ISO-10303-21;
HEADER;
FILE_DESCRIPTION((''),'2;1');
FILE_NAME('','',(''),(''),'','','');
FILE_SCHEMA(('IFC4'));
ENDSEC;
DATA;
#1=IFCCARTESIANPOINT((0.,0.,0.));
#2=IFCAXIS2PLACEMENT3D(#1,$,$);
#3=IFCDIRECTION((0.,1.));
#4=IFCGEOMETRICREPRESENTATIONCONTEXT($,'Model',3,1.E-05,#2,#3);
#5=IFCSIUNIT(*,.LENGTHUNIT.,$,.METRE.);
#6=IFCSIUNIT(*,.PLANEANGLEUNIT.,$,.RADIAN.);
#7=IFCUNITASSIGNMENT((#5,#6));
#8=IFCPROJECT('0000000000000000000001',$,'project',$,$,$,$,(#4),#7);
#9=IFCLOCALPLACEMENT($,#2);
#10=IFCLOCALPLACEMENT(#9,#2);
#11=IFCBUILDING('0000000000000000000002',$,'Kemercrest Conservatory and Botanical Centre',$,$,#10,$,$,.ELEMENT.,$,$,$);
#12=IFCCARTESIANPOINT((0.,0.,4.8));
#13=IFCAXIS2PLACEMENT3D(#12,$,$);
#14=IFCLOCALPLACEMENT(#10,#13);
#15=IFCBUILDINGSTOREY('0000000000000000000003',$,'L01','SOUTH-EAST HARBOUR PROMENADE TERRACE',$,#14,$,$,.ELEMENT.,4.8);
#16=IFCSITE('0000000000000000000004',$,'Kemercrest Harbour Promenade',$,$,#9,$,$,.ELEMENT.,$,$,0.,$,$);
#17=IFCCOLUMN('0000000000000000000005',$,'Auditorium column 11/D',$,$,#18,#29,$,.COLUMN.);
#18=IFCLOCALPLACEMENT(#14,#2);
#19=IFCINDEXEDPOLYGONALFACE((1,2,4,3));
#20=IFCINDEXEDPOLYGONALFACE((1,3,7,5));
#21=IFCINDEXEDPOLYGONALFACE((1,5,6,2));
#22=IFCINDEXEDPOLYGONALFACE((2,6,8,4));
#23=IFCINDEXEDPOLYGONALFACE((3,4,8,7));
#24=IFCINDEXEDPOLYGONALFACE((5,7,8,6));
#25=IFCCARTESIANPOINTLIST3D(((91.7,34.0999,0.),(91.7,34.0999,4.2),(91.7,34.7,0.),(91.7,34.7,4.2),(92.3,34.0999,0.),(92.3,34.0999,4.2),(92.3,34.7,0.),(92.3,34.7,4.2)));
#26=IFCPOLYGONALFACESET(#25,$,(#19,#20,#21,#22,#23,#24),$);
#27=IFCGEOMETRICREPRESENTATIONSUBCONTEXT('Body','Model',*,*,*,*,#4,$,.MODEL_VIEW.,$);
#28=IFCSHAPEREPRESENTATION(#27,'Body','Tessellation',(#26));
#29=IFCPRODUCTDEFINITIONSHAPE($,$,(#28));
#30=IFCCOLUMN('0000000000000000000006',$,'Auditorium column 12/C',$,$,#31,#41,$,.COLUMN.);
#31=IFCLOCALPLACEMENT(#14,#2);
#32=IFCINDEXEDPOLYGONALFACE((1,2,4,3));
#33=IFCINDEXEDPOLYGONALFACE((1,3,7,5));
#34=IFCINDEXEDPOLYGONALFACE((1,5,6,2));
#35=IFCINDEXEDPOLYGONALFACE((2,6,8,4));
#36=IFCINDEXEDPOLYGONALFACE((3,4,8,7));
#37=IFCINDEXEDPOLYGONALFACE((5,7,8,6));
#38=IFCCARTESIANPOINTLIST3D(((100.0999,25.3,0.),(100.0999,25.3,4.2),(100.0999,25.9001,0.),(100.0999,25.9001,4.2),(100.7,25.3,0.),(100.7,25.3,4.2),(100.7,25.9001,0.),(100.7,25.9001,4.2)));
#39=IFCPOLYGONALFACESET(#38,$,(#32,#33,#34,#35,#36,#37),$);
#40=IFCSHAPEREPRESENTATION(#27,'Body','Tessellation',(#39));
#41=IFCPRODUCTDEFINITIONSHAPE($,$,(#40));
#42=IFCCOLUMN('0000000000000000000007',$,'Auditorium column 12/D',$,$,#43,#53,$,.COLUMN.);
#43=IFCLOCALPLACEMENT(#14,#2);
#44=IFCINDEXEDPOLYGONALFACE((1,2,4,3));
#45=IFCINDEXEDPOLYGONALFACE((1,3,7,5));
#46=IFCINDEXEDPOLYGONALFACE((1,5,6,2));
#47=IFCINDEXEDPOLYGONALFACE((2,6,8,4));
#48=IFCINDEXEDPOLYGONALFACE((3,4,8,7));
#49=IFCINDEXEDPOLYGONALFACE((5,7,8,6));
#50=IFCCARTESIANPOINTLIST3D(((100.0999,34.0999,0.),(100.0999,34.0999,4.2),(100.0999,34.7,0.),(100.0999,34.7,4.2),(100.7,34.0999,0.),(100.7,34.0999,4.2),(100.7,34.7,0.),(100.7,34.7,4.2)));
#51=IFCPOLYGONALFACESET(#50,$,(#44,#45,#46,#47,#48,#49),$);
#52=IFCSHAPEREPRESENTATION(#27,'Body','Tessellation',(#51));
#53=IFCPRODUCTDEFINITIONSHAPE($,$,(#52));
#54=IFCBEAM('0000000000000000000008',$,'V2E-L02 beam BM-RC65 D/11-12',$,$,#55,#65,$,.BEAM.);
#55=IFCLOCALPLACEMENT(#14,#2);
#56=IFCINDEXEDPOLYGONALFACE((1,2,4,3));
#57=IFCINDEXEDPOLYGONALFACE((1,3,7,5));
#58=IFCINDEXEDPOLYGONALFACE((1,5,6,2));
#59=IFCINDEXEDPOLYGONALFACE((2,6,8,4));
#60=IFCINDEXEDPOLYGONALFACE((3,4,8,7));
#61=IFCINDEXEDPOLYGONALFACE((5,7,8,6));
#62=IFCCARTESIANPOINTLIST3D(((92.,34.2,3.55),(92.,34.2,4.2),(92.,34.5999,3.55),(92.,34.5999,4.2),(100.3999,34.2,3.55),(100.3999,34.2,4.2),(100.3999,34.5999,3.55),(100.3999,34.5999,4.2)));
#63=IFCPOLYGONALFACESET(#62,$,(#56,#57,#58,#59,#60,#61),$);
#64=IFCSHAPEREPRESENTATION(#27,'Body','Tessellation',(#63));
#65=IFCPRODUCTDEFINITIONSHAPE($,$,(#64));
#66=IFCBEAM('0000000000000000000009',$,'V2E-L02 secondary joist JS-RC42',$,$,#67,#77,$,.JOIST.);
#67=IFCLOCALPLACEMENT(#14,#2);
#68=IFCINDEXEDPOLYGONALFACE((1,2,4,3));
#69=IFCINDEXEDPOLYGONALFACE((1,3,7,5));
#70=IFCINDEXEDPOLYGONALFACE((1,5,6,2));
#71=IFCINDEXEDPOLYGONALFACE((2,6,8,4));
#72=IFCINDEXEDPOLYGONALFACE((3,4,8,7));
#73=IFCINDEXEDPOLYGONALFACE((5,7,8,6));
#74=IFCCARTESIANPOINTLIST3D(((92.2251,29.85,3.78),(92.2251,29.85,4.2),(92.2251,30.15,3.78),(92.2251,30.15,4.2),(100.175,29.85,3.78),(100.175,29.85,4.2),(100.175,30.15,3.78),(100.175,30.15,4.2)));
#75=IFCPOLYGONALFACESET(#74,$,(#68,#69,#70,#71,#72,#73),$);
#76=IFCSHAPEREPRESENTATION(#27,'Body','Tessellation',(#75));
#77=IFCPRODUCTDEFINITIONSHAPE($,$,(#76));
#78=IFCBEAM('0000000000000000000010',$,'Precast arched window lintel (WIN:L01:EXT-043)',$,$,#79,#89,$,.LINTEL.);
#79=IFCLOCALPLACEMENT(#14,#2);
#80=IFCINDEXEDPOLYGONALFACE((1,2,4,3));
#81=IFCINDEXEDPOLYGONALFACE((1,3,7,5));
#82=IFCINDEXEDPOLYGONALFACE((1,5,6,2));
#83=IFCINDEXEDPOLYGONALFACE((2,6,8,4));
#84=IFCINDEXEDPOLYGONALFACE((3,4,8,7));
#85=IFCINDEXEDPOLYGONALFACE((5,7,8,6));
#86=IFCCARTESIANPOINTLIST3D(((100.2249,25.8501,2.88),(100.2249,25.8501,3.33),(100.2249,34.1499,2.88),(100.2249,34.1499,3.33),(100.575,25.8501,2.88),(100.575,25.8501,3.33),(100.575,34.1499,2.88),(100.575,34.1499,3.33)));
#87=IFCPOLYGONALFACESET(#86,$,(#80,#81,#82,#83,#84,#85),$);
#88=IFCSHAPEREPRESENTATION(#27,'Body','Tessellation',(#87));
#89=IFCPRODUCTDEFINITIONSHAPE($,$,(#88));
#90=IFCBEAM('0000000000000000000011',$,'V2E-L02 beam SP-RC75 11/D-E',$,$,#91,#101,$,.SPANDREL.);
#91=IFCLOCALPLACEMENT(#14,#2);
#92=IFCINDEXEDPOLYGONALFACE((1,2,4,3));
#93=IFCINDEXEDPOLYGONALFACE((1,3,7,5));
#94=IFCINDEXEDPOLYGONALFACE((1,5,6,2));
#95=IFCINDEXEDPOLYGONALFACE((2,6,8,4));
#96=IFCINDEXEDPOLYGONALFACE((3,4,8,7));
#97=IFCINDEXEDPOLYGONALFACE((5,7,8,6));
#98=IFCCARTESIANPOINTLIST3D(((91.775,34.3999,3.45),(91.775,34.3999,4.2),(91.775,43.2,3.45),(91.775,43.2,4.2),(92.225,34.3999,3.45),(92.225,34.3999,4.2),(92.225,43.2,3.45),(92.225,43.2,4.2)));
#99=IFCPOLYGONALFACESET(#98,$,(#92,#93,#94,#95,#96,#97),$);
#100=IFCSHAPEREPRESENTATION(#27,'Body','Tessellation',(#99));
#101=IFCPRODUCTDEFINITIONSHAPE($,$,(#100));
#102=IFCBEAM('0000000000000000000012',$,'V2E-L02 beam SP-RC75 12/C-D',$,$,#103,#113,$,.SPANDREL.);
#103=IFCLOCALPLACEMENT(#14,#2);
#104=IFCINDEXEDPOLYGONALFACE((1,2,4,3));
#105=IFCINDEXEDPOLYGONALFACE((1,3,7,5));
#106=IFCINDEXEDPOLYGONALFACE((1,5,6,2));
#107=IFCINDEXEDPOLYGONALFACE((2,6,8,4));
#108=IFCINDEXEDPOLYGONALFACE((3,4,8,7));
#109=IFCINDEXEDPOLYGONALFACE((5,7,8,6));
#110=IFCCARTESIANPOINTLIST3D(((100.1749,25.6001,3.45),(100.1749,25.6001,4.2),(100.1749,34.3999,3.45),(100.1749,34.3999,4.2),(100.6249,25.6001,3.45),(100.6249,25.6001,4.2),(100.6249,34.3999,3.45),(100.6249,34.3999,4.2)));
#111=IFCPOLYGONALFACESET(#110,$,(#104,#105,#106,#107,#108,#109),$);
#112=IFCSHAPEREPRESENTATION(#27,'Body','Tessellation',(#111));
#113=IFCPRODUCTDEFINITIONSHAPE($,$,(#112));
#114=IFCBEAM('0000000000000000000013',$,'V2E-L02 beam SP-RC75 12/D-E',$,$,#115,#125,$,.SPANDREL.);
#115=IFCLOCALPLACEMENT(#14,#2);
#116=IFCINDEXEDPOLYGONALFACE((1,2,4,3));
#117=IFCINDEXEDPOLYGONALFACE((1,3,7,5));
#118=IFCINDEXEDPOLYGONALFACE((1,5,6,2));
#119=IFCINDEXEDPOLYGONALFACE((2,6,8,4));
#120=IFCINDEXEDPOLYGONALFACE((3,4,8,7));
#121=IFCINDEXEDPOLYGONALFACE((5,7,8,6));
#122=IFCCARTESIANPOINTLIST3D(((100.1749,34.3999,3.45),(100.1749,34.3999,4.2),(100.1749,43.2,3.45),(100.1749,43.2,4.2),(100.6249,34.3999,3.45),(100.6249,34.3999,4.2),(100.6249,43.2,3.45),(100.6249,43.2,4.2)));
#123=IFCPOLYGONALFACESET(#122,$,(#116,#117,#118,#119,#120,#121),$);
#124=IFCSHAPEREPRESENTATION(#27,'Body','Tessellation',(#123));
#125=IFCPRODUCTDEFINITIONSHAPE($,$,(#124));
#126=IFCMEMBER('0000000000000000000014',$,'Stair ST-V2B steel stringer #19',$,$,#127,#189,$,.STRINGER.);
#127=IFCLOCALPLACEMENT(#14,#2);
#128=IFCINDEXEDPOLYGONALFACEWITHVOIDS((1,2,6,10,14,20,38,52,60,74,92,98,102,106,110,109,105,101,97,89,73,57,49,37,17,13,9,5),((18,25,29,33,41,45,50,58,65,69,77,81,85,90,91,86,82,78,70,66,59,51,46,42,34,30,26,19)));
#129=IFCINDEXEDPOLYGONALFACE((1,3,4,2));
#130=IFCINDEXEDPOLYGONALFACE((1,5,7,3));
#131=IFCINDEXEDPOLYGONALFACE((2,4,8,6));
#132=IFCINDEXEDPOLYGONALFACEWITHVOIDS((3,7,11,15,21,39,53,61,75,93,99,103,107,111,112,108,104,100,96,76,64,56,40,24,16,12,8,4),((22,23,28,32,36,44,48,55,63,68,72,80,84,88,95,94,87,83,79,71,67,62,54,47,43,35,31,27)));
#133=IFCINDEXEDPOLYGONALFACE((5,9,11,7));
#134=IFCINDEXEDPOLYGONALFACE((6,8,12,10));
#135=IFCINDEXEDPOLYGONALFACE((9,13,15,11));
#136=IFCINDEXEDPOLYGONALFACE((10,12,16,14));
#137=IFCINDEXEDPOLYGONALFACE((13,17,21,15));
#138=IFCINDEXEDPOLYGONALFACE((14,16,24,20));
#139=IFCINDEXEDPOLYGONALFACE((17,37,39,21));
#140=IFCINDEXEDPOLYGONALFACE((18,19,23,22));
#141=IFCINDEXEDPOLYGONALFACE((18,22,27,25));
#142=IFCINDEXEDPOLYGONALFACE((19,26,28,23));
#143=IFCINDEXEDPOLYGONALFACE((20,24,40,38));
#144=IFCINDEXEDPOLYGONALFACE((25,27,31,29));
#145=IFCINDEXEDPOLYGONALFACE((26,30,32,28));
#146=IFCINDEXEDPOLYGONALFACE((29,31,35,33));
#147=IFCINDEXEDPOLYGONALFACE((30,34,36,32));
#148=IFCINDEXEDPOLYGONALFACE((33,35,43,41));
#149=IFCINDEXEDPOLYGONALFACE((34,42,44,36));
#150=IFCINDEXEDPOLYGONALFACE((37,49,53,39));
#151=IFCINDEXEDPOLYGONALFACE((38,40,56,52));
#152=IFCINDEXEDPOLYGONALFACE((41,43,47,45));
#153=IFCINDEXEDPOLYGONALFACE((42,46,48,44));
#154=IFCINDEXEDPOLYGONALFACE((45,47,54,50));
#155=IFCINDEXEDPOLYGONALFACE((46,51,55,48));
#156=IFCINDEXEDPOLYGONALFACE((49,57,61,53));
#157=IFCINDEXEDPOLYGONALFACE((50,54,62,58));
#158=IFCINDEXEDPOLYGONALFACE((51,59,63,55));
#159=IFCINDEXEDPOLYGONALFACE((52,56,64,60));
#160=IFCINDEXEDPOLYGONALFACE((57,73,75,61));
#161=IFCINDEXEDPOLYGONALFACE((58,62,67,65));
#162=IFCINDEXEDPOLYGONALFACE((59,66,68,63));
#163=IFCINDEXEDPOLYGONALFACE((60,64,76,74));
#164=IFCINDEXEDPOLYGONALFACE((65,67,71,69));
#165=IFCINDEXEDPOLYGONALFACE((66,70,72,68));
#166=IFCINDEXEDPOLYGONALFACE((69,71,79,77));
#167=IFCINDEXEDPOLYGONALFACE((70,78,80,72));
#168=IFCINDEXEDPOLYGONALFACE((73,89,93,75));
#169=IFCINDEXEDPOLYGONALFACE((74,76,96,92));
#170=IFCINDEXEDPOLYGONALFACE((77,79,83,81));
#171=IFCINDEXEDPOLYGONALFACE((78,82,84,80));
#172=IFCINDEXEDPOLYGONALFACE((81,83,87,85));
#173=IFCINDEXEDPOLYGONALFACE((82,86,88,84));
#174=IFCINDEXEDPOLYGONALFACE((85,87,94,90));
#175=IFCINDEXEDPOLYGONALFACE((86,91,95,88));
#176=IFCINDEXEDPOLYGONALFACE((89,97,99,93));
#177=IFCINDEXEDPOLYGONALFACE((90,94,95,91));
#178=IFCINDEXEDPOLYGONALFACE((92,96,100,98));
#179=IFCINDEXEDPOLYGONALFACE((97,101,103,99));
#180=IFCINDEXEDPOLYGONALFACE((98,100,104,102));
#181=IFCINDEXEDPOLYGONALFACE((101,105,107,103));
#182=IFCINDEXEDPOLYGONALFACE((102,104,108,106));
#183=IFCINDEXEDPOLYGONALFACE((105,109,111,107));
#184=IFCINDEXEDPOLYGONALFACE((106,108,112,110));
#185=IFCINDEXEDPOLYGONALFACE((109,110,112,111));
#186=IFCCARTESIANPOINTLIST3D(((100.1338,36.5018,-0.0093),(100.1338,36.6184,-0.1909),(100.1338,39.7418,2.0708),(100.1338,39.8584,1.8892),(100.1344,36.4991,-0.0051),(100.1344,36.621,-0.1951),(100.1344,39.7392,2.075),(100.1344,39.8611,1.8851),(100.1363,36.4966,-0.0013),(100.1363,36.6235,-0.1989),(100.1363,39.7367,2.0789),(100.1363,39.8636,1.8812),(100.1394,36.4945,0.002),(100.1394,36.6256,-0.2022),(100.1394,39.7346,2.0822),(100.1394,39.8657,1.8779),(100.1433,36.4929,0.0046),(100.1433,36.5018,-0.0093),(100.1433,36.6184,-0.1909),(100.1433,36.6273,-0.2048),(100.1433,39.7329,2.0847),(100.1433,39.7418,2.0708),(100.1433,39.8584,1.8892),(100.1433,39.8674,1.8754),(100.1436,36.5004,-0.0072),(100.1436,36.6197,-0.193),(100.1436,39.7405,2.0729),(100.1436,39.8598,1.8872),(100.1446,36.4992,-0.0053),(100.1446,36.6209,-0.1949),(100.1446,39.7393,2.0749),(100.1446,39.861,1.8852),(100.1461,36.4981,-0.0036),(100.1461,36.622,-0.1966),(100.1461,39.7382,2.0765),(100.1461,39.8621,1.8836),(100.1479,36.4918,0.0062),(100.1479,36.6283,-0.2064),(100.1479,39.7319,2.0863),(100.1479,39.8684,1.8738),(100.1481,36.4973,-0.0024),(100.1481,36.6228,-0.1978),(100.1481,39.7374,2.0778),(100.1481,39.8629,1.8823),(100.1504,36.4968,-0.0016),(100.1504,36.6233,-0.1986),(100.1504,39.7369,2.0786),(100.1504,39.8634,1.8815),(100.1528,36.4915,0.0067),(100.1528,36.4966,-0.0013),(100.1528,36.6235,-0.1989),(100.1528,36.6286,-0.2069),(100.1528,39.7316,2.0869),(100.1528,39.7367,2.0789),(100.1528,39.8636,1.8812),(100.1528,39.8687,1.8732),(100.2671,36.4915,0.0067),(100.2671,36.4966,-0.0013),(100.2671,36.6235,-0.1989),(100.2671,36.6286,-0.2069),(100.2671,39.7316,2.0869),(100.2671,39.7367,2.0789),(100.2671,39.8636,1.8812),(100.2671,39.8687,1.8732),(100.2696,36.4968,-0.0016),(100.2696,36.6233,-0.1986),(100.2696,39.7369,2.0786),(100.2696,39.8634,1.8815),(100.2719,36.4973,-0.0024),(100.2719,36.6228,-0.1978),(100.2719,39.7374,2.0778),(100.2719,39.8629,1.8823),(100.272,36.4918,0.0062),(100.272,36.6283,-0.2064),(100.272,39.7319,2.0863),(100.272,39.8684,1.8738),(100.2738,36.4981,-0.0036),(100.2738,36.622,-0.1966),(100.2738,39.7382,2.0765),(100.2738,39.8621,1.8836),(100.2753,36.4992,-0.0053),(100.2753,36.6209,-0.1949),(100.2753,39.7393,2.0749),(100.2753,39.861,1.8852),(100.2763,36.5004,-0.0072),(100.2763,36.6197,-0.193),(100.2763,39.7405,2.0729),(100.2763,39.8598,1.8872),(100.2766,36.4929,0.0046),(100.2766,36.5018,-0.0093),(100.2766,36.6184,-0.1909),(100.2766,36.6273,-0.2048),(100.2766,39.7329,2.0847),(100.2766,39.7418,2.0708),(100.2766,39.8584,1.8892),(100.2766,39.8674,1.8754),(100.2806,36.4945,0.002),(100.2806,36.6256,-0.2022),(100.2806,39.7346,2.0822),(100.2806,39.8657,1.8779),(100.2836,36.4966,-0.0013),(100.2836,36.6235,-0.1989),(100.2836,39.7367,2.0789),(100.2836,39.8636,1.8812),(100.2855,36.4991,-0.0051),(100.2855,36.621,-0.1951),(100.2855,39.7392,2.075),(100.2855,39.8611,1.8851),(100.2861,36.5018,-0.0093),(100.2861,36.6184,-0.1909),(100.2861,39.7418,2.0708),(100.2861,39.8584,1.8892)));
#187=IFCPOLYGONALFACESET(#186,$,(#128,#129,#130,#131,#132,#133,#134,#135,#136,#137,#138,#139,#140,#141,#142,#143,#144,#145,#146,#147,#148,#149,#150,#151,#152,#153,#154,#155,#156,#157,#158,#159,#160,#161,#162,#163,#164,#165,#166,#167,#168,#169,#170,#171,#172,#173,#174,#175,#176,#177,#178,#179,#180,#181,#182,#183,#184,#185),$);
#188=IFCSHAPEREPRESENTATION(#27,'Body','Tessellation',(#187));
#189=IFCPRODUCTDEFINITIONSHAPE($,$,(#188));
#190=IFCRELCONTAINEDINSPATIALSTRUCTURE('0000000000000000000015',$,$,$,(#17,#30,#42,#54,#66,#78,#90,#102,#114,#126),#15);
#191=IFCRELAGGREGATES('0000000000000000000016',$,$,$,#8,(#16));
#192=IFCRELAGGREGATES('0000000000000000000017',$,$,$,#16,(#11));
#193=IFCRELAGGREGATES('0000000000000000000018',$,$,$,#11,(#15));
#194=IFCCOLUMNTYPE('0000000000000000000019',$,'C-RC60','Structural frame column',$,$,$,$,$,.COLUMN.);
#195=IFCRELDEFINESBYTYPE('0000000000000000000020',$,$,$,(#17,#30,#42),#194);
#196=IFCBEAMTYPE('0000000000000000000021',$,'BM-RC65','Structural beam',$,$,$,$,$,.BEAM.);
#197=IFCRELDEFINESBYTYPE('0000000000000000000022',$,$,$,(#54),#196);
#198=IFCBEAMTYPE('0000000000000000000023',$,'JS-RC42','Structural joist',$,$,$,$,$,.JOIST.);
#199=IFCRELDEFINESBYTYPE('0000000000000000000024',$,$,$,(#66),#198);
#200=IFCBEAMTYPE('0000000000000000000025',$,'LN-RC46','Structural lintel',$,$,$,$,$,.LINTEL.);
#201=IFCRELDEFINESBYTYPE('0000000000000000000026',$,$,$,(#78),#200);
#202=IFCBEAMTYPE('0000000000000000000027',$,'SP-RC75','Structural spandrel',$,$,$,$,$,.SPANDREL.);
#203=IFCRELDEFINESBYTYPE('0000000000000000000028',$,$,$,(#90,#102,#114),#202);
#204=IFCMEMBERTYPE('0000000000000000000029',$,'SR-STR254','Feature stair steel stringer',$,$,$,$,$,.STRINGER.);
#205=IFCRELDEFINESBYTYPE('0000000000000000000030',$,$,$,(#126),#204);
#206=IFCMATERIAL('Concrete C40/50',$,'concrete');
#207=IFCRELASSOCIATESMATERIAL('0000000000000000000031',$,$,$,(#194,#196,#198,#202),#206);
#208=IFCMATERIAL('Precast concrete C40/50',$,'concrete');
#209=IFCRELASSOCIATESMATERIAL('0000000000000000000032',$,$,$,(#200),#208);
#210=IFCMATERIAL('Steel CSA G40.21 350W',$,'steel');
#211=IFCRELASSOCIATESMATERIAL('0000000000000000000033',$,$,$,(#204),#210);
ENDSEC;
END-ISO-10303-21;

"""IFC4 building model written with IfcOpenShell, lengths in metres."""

from ifc_helpers import new_model, si_unit, direction, frame, origin, origin_2d, place, context, subcontext, project, spatial, rectangle, hollow_rectangle, extrude, material, material_profile, profile_set, type_object, element, save


model = new_model("IFC4")

# Units and contexts
model_context = context("Model", 3, precision=1e-05, world=origin(), true_north=direction((0.0, 1.0)))
body_context = subcontext(model_context, "Body", "Model", "MODEL_VIEW")
ifc_project = project(units=[si_unit("LENGTHUNIT", "METRE"), si_unit("PLANEANGLEUNIT", "RADIAN")], contexts=[model_context])

# Site, building, storey
site_placement = place(None, origin())
site = spatial("IfcSite", under=ifc_project, at=site_placement, Name="Kemercrest Harbour Promenade", CompositionType="ELEMENT", RefElevation=0.0)
building_placement = place(site_placement, origin())
building = spatial("IfcBuilding", under=site, at=building_placement, Name="Kemercrest Conservatory and Botanical Centre", CompositionType="ELEMENT")
storey_placement = place(building_placement, frame((0.0, 0.0, 4.8)))
storey = spatial("IfcBuildingStorey", under=building, at=storey_placement, Name="L01", Description="SOUTH-EAST HARBOUR PROMENADE TERRACE", CompositionType="ELEMENT", Elevation=4.8)

# Columns
ifc_material_1 = material(Name="Concrete C40/50", Category="concrete")
ifc_material_profile_1 = material_profile(ifc_material_1, rectangle(XDim=0.6001, YDim=0.6001, at=origin_2d()), Name="RC 600x600")
ifc_profile_set_1 = profile_set([ifc_material_profile_1], Name="Concrete C40/50")
column_type = type_object("IfcColumnType", Name="C-RC60", Description="Structural frame column", PredefinedType="COLUMN", material=ifc_profile_set_1)
for number, where, z_axis, x_axis, name in (
    (1, (92.0, 34.3999, 0.0), (0.0, 0.0, 1.0), (1.0, 0.0, 0.0), "Auditorium column 11/D"),
    (2, (100.3999, 25.6001, 0.0), (0.0, 0.0, 1.0), (1.0, 0.0, 0.0), "Auditorium column 12/C"),
    (3, (100.3999, 34.3999, 0.0), (0.0, 0.0, 1.0), (1.0, 0.0, 0.0), "Auditorium column 12/D"),
):
    element("IfcColumn", number, at=place(storey_placement, frame(where, z_axis=z_axis, x_axis=x_axis)), inside=storey, type_object=column_type, Name=name, PredefinedType="COLUMN", context=body_context, shape_type="SweptSolid", body=[
        extrude(rectangle(XDim=0.6001, YDim=0.6001, at=origin_2d()), origin(), (0.0, 0.0, 1.0), 4.2),
    ])

# Beams
ifc_material_profile_2 = material_profile(ifc_material_1, rectangle(XDim=0.3999, YDim=0.6499, at=origin_2d()), Name="RC 400x650")
ifc_profile_set_2 = profile_set([ifc_material_profile_2], Name="Concrete C40/50")
beam_type_1 = type_object("IfcBeamType", Name="BM-RC65", Description="Structural beam", PredefinedType="BEAM", material=ifc_profile_set_2)
beam_1_placement = place(storey_placement, frame((92.0, 34.3999, 3.875), z_axis=(1.0, 0.0, 0.0), x_axis=(0.0, 1.0, 0.0)))
element("IfcBeam", 4, at=beam_1_placement, inside=storey, type_object=beam_type_1, Name="V2E-L02 beam BM-RC65 D/11-12", PredefinedType="BEAM", context=body_context, shape_type="SweptSolid", body=[
    extrude(rectangle(XDim=0.3999, YDim=0.6499, at=origin_2d()), origin(), (0.0, 0.0, 1.0), 8.3999),
])
ifc_material_profile_3 = material_profile(ifc_material_1, rectangle(XDim=0.3, YDim=0.4199, at=origin_2d()), Name="RC 300x420")
ifc_profile_set_3 = profile_set([ifc_material_profile_3], Name="Concrete C40/50")
beam_type_2 = type_object("IfcBeamType", Name="JS-RC42", Description="Structural joist", PredefinedType="JOIST", material=ifc_profile_set_3)
beam_2_placement = place(storey_placement, frame((92.2251, 30.0, 3.99), z_axis=(1.0, 0.0, 0.0), x_axis=(0.0, 1.0, 0.0)))
element("IfcBeam", 5, at=beam_2_placement, inside=storey, type_object=beam_type_2, Name="V2E-L02 secondary joist JS-RC42", PredefinedType="JOIST", context=body_context, shape_type="SweptSolid", body=[
    extrude(rectangle(XDim=0.3, YDim=0.4199, at=origin_2d()), origin(), (0.0, 0.0, 1.0), 7.95),
])
ifc_material_2 = material(Name="Precast concrete C40/50", Category="concrete")
ifc_material_profile_4 = material_profile(ifc_material_2, rectangle(XDim=0.3501, YDim=0.45, at=origin_2d()), Name="RC 350x450")
ifc_profile_set_4 = profile_set([ifc_material_profile_4], Name="Precast concrete C40/50")
beam_type_3 = type_object("IfcBeamType", Name="LN-RC46", Description="Structural lintel", PredefinedType="LINTEL", material=ifc_profile_set_4)
beam_3_placement = place(storey_placement, frame((100.3999, 25.8501, 3.105), z_axis=(0.0, 1.0, 0.0), x_axis=(-1.0, 0.0, 0.0)))
element("IfcBeam", 6, at=beam_3_placement, inside=storey, type_object=beam_type_3, Name="Precast arched window lintel (WIN:L01:EXT-043)", PredefinedType="LINTEL", context=body_context, shape_type="SweptSolid", body=[
    extrude(rectangle(XDim=0.3501, YDim=0.45, at=origin_2d()), origin(), (0.0, 0.0, 1.0), 8.2998),
])
ifc_material_profile_5 = material_profile(ifc_material_1, rectangle(XDim=0.45, YDim=0.75, at=origin_2d()), Name="RC 450x750")
ifc_profile_set_5 = profile_set([ifc_material_profile_5], Name="Concrete C40/50")
beam_type_4 = type_object("IfcBeamType", Name="SP-RC75", Description="Structural spandrel", PredefinedType="SPANDREL", material=ifc_profile_set_5)
beam_4_placement = place(storey_placement, frame((92.0, 34.3999, 3.825), z_axis=(0.0, 1.0, 0.0), x_axis=(-1.0, 0.0, 0.0)))
element("IfcBeam", 7, at=beam_4_placement, inside=storey, type_object=beam_type_4, Name="V2E-L02 beam SP-RC75 11/D-E", PredefinedType="SPANDREL", context=body_context, shape_type="SweptSolid", body=[
    extrude(rectangle(XDim=0.45, YDim=0.75, at=origin_2d()), origin(), (0.0, 0.0, 1.0), 8.8),
])
beam_5_placement = place(storey_placement, frame((100.3999, 25.6001, 3.825), z_axis=(0.0, 1.0, 0.0), x_axis=(-1.0, 0.0, 0.0)))
element("IfcBeam", 8, at=beam_5_placement, inside=storey, type_object=beam_type_4, Name="V2E-L02 beam SP-RC75 12/C-D", PredefinedType="SPANDREL", context=body_context, shape_type="SweptSolid", body=[
    extrude(rectangle(XDim=0.45, YDim=0.75, at=origin_2d()), origin(), (0.0, 0.0, 1.0), 8.7998),
])
beam_6_placement = place(storey_placement, frame((100.3999, 34.3999, 3.825), z_axis=(0.0, 1.0, 0.0), x_axis=(-1.0, 0.0, 0.0)))
element("IfcBeam", 9, at=beam_6_placement, inside=storey, type_object=beam_type_4, Name="V2E-L02 beam SP-RC75 12/D-E", PredefinedType="SPANDREL", context=body_context, shape_type="SweptSolid", body=[
    extrude(rectangle(XDim=0.45, YDim=0.75, at=origin_2d()), origin(), (0.0, 0.0, 1.0), 8.8),
])

# Member
ifc_material_3 = material(Name="Steel CSA G40.21 350W", Category="steel")
ifc_material_profile_6 = material_profile(ifc_material_3, hollow_rectangle(XDim=0.1523, YDim=0.2539, WallThickness=0.0095, InnerFilletRadius=0.0095, OuterFilletRadius=0.019, at=origin_2d()), Name="HSS 254x152x9.5")
ifc_profile_set_6 = profile_set([ifc_material_profile_6], Name="Steel CSA G40.21 350W")
member_type = type_object("IfcMemberType", Name="SR-STR254", Description="Feature stair steel stringer", PredefinedType="STRINGER", material=ifc_profile_set_6)
member_1_placement = place(storey_placement, frame((100.21, 36.5601, -0.1001), z_axis=(0.0, 0.841506, 0.540248), x_axis=(-1.0, 0.0, 0.0)))
element("IfcMember", 10, at=member_1_placement, inside=storey, type_object=member_type, Name="Stair ST-V2B steel stringer #19", PredefinedType="STRINGER", context=body_context, shape_type="SweptSolid", body=[
    extrude(hollow_rectangle(XDim=0.1523, YDim=0.2539, WallThickness=0.0095, InnerFilletRadius=0.0095, OuterFilletRadius=0.019, at=origin_2d()), origin(), (0.0, 0.0, 1.0), 3.8503),
])

save(model, "model.ifc")
